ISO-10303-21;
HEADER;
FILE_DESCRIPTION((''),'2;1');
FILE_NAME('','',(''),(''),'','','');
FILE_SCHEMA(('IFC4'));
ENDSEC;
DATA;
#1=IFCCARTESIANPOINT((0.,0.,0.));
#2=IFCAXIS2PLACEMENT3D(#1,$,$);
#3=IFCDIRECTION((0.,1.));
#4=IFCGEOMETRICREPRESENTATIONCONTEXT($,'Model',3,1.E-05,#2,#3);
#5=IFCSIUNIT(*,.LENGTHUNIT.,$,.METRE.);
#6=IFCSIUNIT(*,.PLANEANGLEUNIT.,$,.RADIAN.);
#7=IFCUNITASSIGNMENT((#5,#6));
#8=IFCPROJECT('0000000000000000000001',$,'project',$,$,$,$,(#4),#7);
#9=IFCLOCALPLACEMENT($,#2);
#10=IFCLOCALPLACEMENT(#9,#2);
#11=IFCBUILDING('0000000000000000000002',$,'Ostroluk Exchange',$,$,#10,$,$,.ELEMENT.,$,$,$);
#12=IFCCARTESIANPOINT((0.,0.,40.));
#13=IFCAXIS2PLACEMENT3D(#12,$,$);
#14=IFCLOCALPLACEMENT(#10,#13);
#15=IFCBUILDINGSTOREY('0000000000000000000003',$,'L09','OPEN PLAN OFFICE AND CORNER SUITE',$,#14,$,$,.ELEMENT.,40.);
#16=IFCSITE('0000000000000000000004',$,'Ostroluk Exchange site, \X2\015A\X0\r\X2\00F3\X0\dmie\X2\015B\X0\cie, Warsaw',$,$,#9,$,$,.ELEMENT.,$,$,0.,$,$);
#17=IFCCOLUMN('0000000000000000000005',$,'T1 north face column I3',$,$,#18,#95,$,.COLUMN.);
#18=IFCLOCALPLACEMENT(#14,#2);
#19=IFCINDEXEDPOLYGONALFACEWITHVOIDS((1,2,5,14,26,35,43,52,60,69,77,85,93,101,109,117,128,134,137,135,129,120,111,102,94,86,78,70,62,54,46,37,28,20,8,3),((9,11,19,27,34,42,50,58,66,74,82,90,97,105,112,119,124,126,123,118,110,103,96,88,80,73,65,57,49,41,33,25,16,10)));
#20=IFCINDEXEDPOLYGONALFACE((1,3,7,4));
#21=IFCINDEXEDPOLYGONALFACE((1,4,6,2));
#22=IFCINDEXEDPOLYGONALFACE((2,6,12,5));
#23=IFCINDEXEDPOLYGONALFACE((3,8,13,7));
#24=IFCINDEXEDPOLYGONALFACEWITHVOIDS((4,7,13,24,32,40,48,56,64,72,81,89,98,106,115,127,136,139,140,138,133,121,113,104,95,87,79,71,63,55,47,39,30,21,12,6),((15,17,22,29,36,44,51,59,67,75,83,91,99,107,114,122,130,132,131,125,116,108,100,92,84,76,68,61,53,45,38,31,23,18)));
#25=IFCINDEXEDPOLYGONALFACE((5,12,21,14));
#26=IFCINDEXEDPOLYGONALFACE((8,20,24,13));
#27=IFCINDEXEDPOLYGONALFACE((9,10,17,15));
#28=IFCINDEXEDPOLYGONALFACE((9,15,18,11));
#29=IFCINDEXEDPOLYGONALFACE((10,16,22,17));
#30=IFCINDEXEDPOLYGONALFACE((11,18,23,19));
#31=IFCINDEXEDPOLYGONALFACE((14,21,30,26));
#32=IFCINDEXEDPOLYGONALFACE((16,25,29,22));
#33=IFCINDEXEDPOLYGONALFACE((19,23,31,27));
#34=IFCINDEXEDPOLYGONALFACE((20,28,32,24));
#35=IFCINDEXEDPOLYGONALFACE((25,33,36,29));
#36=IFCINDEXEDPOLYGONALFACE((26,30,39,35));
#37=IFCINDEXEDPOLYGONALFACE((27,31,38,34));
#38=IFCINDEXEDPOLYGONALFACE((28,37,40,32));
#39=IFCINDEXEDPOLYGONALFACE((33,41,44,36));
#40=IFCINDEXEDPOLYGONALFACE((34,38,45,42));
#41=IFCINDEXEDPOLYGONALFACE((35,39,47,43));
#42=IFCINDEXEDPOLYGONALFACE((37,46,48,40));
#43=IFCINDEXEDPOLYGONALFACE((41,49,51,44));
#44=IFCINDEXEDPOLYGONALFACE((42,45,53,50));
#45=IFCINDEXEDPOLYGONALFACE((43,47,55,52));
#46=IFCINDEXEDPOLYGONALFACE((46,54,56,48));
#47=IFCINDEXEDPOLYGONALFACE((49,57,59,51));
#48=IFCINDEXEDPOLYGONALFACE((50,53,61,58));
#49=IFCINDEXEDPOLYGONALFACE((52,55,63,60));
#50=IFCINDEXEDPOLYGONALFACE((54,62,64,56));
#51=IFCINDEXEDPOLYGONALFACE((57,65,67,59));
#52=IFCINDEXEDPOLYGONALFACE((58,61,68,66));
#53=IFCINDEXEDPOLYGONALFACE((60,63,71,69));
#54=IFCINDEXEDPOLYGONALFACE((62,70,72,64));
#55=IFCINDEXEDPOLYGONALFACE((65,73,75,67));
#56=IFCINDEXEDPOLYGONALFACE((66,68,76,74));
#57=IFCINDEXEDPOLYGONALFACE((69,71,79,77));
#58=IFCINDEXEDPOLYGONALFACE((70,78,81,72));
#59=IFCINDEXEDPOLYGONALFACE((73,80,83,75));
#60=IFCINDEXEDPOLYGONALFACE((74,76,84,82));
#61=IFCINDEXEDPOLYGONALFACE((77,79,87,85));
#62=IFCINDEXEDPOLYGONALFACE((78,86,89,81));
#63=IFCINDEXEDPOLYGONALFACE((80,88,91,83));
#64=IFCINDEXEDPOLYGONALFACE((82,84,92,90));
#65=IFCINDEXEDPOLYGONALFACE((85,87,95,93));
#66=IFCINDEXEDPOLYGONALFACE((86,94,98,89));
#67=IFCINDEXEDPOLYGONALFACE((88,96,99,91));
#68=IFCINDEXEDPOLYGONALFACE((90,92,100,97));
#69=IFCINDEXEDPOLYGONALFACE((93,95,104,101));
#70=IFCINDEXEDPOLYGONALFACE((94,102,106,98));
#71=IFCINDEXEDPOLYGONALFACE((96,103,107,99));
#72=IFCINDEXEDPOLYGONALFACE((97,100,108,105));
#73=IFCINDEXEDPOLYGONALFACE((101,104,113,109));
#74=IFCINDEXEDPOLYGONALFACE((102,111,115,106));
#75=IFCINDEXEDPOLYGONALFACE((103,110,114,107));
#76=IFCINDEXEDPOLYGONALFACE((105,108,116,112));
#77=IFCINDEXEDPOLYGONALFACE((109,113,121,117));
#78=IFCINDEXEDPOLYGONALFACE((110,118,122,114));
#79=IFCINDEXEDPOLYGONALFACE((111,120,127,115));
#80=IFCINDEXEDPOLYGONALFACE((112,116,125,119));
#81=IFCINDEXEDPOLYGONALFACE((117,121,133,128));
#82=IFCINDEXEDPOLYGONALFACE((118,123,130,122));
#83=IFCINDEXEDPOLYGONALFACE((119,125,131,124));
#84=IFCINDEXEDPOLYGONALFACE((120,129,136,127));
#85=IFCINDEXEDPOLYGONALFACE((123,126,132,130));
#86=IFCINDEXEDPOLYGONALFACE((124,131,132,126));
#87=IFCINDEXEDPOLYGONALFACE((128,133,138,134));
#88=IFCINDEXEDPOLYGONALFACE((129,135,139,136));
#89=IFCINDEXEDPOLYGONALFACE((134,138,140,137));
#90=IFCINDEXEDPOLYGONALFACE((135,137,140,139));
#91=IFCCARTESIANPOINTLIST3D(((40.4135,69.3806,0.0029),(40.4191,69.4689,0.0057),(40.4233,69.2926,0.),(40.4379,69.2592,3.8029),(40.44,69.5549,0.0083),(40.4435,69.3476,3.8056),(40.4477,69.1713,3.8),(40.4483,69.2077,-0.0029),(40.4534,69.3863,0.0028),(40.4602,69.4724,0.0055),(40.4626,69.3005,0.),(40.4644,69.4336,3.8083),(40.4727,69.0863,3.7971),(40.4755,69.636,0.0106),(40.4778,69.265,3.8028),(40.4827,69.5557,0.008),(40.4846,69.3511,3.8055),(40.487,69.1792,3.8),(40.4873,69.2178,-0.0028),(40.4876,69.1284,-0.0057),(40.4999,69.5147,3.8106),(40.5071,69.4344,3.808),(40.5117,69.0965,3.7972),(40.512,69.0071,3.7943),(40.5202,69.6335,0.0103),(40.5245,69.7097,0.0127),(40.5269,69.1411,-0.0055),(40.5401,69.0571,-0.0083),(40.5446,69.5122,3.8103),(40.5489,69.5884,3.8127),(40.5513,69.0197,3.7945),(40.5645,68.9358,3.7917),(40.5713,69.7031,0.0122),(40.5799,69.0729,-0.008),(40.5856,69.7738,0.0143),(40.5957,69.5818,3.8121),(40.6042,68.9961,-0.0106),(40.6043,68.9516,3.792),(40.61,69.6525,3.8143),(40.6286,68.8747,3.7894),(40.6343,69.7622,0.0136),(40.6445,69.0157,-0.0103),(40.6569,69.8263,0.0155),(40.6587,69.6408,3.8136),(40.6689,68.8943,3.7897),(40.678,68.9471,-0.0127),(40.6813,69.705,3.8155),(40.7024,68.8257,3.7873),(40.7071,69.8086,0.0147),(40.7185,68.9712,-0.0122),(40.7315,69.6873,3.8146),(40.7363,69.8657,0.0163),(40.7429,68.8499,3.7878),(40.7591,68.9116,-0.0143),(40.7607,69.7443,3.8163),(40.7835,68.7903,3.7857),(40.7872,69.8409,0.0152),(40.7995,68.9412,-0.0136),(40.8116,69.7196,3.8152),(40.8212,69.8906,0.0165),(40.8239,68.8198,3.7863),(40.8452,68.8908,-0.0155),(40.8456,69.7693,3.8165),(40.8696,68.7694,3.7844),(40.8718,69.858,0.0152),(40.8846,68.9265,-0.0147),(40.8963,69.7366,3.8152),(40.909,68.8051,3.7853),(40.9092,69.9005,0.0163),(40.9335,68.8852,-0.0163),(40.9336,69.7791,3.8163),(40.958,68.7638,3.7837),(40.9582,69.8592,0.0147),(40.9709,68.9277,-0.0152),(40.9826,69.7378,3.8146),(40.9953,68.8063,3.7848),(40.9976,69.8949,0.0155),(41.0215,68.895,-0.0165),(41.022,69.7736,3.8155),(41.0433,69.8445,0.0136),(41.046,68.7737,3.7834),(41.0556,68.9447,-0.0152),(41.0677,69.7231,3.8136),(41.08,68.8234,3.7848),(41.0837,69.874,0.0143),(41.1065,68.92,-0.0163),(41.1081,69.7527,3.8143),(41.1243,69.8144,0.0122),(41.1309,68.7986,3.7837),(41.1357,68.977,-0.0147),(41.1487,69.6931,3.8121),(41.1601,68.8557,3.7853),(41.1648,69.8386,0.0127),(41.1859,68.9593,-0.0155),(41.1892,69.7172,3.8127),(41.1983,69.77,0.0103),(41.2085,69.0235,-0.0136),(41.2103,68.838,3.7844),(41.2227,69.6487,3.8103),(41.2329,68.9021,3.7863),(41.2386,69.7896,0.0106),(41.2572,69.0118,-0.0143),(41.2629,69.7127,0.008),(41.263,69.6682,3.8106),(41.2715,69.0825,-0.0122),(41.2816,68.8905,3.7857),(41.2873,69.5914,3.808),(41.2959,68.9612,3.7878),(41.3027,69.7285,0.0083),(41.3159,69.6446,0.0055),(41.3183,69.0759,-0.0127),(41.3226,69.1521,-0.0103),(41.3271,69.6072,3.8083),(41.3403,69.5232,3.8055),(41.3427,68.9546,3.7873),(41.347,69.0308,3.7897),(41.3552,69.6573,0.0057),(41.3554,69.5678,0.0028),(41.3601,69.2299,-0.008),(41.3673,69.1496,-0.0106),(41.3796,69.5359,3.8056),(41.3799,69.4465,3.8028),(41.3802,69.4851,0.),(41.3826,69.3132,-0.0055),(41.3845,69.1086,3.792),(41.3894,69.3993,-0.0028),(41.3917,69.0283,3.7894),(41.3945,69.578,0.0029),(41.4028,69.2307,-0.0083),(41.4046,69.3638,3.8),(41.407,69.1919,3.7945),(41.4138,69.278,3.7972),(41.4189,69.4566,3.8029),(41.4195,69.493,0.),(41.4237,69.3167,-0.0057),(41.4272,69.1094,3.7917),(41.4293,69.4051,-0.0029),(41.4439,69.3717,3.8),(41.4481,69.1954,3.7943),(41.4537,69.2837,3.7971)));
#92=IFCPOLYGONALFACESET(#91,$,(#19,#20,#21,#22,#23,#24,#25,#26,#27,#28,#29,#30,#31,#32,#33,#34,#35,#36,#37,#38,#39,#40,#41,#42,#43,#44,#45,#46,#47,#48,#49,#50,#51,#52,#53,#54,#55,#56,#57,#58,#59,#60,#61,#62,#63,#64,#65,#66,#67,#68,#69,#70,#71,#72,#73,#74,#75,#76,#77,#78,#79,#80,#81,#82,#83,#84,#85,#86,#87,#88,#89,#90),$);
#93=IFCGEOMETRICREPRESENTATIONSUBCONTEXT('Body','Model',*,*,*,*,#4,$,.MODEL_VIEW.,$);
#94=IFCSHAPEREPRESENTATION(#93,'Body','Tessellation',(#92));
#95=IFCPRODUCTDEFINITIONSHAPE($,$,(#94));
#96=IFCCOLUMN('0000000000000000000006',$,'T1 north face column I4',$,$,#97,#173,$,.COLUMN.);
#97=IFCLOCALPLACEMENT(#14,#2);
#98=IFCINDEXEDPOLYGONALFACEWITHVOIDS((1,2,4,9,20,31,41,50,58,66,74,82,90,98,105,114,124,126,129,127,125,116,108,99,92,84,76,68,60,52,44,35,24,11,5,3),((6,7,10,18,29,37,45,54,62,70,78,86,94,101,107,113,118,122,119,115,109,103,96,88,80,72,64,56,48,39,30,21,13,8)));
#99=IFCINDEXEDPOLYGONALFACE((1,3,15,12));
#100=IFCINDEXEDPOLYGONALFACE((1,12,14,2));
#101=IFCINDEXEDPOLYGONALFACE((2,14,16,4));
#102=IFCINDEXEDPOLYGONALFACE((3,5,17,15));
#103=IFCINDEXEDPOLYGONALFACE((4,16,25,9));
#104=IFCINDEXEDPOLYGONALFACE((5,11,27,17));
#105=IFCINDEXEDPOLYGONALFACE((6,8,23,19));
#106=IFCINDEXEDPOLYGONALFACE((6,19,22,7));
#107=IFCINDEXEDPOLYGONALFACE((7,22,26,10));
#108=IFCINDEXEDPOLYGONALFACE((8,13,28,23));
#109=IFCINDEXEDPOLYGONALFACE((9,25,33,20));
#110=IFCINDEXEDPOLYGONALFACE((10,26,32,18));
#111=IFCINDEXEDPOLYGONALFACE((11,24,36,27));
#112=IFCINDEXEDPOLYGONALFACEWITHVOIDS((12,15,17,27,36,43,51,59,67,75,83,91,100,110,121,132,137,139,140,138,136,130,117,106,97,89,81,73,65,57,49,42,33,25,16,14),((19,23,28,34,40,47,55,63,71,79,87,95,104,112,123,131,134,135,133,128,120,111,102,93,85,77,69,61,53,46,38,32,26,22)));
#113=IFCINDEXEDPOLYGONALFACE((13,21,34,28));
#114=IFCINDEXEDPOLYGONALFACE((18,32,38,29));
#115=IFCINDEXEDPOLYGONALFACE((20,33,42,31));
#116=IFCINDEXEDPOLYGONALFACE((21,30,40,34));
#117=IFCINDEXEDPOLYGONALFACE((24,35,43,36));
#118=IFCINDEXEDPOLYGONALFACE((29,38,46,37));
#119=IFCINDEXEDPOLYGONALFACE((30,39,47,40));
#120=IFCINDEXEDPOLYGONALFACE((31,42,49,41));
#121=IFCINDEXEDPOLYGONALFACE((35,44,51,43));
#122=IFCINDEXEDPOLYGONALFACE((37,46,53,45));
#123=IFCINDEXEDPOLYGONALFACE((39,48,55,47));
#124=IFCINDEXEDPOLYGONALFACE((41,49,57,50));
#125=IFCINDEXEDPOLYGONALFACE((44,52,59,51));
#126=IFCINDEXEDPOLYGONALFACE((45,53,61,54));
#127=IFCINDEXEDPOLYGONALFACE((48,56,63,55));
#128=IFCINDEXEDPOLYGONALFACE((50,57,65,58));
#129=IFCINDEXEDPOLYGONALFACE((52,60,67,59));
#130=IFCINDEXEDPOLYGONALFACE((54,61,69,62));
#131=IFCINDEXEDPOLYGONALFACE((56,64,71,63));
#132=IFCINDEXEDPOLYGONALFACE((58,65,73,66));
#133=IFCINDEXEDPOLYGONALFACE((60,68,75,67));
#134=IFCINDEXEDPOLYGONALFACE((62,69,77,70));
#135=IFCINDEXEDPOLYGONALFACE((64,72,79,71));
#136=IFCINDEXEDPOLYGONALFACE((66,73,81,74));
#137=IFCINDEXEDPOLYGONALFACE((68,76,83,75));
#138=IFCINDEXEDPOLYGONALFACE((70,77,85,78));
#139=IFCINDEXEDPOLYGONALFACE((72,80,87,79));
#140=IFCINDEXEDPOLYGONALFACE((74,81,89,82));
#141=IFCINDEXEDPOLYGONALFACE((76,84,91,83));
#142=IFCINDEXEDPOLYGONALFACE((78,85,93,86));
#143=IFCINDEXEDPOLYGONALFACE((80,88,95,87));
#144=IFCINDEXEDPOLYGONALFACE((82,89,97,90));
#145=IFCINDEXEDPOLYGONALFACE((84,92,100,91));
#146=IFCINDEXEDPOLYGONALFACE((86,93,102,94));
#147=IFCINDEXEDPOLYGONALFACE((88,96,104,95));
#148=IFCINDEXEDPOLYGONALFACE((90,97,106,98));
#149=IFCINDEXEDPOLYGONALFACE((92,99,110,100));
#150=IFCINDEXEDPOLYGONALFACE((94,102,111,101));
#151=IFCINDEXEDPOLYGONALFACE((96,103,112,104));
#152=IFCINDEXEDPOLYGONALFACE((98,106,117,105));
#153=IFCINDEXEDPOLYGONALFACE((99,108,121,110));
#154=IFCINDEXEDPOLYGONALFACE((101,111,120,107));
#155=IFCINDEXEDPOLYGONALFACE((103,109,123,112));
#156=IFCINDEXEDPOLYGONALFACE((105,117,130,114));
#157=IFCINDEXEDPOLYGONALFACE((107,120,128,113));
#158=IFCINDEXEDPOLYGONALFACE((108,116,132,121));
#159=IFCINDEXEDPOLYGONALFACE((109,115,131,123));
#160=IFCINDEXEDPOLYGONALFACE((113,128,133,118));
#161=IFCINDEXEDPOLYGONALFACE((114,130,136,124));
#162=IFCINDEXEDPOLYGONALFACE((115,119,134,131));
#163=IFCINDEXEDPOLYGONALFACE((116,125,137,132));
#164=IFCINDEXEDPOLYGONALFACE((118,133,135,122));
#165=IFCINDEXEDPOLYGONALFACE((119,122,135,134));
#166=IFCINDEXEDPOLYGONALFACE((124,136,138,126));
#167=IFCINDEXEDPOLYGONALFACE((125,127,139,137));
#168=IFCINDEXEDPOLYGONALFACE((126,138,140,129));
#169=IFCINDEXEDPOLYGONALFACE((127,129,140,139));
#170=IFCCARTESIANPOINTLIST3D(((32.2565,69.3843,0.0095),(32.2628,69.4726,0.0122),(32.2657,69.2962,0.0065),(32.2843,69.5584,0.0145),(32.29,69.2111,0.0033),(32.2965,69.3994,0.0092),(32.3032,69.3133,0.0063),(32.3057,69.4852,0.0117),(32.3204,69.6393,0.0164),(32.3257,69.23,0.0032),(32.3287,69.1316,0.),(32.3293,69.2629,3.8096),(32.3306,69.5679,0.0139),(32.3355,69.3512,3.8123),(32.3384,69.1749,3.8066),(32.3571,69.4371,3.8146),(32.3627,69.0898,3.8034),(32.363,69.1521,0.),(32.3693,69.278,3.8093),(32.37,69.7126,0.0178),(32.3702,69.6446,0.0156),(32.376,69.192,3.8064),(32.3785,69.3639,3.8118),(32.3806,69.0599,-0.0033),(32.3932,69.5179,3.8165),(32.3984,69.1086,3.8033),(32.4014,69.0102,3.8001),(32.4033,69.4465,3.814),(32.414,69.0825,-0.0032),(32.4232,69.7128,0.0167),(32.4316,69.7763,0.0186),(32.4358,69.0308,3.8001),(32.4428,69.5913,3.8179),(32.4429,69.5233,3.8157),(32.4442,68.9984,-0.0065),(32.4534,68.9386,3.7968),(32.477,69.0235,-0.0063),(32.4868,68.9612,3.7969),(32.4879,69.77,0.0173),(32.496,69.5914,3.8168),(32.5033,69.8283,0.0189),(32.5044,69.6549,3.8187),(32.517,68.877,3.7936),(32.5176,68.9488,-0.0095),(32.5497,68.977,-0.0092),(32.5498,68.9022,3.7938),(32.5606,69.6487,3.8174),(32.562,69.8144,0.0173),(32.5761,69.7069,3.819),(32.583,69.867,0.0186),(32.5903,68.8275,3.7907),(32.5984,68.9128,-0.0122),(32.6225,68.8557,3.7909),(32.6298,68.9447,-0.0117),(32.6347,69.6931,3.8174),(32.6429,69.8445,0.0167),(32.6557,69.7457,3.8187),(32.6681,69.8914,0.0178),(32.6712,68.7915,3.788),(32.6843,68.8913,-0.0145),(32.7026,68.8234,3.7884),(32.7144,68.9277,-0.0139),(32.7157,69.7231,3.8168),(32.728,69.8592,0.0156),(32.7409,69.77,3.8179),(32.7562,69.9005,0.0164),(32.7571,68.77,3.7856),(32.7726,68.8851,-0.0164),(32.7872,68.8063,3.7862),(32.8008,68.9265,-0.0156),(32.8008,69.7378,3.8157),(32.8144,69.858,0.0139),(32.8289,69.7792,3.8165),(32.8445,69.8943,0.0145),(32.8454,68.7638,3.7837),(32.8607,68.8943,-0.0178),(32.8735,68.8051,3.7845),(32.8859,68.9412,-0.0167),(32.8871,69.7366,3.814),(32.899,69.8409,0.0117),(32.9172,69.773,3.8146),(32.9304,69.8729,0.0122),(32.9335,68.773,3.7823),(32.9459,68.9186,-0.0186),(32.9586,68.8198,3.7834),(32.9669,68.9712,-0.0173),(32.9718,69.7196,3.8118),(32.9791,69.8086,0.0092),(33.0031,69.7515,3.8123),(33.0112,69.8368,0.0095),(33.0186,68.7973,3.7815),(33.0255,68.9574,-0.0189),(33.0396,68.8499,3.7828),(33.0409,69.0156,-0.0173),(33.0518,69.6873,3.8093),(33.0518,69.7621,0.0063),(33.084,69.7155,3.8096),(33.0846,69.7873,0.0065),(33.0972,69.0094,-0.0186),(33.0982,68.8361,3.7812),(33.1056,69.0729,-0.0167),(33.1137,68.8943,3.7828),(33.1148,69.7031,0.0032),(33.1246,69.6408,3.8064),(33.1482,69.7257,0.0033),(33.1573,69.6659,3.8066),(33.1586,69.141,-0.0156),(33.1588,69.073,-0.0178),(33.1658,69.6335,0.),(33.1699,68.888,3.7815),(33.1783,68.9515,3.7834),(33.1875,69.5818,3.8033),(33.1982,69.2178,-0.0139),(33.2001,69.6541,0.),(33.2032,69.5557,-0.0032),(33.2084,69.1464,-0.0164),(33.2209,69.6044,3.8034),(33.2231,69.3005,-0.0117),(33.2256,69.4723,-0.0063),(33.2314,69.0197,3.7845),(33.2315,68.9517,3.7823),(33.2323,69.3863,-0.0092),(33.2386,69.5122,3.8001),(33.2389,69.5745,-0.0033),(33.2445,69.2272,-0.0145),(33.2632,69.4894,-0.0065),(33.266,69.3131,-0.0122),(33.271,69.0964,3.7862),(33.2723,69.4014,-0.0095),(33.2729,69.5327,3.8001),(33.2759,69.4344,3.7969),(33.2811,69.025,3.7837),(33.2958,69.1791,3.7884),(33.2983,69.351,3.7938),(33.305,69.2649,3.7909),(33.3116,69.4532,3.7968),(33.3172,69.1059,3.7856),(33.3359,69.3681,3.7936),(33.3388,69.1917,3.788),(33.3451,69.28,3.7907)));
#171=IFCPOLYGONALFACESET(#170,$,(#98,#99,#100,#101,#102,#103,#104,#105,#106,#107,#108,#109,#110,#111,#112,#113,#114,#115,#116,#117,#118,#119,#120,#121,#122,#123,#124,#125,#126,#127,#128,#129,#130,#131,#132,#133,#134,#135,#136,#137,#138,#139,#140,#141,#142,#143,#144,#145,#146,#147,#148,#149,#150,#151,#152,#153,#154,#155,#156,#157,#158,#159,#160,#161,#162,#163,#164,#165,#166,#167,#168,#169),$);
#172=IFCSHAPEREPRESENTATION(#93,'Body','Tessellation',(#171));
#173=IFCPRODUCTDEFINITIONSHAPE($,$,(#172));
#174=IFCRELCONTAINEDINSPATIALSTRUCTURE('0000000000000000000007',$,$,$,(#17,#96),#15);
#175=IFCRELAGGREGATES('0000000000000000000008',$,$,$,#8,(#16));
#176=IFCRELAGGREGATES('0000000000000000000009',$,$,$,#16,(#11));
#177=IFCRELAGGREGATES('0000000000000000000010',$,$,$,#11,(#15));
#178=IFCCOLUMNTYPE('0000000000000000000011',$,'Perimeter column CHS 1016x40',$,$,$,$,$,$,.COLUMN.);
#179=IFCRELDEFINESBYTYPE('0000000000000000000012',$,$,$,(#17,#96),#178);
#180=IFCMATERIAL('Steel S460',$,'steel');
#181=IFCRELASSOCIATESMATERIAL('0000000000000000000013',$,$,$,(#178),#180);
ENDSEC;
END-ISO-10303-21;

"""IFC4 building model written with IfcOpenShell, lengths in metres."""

from ifc_helpers import new_model, si_unit, direction, frame, origin, origin_2d, place, context, subcontext, project, spatial, hollow_circle, extrude, material, material_profile, profile_set, type_object, element, save


model = new_model("IFC4")

# Units and contexts
model_context = context("Model", 3, precision=1e-05, world=origin(), true_north=direction((0.0, 1.0)))
body_context = subcontext(model_context, "Body", "Model", "MODEL_VIEW")
ifc_project = project(units=[si_unit("LENGTHUNIT", "METRE"), si_unit("PLANEANGLEUNIT", "RADIAN")], contexts=[model_context])

# Site, building, storey
site_placement = place(None, origin())
site = spatial("IfcSite", under=ifc_project, at=site_placement, Name="Ostroluk Exchange site, Śródmieście, Warsaw", CompositionType="ELEMENT", RefElevation=0.0)
building_placement = place(site_placement, origin())
building = spatial("IfcBuilding", under=site, at=building_placement, Name="Ostroluk Exchange", CompositionType="ELEMENT")
storey_placement = place(building_placement, frame((0.0, 0.0, 40.0)))
storey = spatial("IfcBuildingStorey", under=building, at=storey_placement, Name="L09", Description="OPEN PLAN OFFICE AND CORNER SUITE", CompositionType="ELEMENT", Elevation=40.0)

# Columns
ifc_material_1 = material(Name="Steel S460", Category="steel")
ifc_material_profile_1 = material_profile(ifc_material_1, hollow_circle(Radius=0.5081, WallThickness=0.04, at=origin_2d()), Name="CHS 1016x40")
ifc_profile_set_1 = profile_set([ifc_material_profile_1], Name="Steel S460")
column_type = type_object("IfcColumnType", Name="Perimeter column CHS 1016x40", PredefinedType="COLUMN", material=ifc_profile_set_1)
column_1_placement = place(storey_placement, frame((40.9214, 69.3928, 0.0), z_axis=(0.006421, -0.031914, 0.99947), x_axis=(0.980352, 0.197254, 0.0)))
element("IfcColumn", 1, at=column_1_placement, inside=storey, type_object=column_type, Name="T1 north face column I3", PredefinedType="COLUMN", context=body_context, shape_type="SweptSolid", body=[
    extrude(hollow_circle(Radius=0.5081, WallThickness=0.04, at=origin_2d()), origin(), (0.0, 0.0, 1.0), 3.802),
])
column_2_placement = place(storey_placement, frame((32.7644, 69.3928, 0.0), z_axis=(0.019132, -0.031909, 0.999308), x_axis=(0.857645, 0.514242, 0.0)))
element("IfcColumn", 2, at=column_2_placement, inside=storey, type_object=column_type, Name="T1 north face column I4", PredefinedType="COLUMN", context=body_context, shape_type="SweptSolid", body=[
    extrude(hollow_circle(Radius=0.5081, WallThickness=0.04, at=origin_2d()), origin(), (0.0, 0.0, 1.0), 3.8027),
])

save(model, "model.ifc")
